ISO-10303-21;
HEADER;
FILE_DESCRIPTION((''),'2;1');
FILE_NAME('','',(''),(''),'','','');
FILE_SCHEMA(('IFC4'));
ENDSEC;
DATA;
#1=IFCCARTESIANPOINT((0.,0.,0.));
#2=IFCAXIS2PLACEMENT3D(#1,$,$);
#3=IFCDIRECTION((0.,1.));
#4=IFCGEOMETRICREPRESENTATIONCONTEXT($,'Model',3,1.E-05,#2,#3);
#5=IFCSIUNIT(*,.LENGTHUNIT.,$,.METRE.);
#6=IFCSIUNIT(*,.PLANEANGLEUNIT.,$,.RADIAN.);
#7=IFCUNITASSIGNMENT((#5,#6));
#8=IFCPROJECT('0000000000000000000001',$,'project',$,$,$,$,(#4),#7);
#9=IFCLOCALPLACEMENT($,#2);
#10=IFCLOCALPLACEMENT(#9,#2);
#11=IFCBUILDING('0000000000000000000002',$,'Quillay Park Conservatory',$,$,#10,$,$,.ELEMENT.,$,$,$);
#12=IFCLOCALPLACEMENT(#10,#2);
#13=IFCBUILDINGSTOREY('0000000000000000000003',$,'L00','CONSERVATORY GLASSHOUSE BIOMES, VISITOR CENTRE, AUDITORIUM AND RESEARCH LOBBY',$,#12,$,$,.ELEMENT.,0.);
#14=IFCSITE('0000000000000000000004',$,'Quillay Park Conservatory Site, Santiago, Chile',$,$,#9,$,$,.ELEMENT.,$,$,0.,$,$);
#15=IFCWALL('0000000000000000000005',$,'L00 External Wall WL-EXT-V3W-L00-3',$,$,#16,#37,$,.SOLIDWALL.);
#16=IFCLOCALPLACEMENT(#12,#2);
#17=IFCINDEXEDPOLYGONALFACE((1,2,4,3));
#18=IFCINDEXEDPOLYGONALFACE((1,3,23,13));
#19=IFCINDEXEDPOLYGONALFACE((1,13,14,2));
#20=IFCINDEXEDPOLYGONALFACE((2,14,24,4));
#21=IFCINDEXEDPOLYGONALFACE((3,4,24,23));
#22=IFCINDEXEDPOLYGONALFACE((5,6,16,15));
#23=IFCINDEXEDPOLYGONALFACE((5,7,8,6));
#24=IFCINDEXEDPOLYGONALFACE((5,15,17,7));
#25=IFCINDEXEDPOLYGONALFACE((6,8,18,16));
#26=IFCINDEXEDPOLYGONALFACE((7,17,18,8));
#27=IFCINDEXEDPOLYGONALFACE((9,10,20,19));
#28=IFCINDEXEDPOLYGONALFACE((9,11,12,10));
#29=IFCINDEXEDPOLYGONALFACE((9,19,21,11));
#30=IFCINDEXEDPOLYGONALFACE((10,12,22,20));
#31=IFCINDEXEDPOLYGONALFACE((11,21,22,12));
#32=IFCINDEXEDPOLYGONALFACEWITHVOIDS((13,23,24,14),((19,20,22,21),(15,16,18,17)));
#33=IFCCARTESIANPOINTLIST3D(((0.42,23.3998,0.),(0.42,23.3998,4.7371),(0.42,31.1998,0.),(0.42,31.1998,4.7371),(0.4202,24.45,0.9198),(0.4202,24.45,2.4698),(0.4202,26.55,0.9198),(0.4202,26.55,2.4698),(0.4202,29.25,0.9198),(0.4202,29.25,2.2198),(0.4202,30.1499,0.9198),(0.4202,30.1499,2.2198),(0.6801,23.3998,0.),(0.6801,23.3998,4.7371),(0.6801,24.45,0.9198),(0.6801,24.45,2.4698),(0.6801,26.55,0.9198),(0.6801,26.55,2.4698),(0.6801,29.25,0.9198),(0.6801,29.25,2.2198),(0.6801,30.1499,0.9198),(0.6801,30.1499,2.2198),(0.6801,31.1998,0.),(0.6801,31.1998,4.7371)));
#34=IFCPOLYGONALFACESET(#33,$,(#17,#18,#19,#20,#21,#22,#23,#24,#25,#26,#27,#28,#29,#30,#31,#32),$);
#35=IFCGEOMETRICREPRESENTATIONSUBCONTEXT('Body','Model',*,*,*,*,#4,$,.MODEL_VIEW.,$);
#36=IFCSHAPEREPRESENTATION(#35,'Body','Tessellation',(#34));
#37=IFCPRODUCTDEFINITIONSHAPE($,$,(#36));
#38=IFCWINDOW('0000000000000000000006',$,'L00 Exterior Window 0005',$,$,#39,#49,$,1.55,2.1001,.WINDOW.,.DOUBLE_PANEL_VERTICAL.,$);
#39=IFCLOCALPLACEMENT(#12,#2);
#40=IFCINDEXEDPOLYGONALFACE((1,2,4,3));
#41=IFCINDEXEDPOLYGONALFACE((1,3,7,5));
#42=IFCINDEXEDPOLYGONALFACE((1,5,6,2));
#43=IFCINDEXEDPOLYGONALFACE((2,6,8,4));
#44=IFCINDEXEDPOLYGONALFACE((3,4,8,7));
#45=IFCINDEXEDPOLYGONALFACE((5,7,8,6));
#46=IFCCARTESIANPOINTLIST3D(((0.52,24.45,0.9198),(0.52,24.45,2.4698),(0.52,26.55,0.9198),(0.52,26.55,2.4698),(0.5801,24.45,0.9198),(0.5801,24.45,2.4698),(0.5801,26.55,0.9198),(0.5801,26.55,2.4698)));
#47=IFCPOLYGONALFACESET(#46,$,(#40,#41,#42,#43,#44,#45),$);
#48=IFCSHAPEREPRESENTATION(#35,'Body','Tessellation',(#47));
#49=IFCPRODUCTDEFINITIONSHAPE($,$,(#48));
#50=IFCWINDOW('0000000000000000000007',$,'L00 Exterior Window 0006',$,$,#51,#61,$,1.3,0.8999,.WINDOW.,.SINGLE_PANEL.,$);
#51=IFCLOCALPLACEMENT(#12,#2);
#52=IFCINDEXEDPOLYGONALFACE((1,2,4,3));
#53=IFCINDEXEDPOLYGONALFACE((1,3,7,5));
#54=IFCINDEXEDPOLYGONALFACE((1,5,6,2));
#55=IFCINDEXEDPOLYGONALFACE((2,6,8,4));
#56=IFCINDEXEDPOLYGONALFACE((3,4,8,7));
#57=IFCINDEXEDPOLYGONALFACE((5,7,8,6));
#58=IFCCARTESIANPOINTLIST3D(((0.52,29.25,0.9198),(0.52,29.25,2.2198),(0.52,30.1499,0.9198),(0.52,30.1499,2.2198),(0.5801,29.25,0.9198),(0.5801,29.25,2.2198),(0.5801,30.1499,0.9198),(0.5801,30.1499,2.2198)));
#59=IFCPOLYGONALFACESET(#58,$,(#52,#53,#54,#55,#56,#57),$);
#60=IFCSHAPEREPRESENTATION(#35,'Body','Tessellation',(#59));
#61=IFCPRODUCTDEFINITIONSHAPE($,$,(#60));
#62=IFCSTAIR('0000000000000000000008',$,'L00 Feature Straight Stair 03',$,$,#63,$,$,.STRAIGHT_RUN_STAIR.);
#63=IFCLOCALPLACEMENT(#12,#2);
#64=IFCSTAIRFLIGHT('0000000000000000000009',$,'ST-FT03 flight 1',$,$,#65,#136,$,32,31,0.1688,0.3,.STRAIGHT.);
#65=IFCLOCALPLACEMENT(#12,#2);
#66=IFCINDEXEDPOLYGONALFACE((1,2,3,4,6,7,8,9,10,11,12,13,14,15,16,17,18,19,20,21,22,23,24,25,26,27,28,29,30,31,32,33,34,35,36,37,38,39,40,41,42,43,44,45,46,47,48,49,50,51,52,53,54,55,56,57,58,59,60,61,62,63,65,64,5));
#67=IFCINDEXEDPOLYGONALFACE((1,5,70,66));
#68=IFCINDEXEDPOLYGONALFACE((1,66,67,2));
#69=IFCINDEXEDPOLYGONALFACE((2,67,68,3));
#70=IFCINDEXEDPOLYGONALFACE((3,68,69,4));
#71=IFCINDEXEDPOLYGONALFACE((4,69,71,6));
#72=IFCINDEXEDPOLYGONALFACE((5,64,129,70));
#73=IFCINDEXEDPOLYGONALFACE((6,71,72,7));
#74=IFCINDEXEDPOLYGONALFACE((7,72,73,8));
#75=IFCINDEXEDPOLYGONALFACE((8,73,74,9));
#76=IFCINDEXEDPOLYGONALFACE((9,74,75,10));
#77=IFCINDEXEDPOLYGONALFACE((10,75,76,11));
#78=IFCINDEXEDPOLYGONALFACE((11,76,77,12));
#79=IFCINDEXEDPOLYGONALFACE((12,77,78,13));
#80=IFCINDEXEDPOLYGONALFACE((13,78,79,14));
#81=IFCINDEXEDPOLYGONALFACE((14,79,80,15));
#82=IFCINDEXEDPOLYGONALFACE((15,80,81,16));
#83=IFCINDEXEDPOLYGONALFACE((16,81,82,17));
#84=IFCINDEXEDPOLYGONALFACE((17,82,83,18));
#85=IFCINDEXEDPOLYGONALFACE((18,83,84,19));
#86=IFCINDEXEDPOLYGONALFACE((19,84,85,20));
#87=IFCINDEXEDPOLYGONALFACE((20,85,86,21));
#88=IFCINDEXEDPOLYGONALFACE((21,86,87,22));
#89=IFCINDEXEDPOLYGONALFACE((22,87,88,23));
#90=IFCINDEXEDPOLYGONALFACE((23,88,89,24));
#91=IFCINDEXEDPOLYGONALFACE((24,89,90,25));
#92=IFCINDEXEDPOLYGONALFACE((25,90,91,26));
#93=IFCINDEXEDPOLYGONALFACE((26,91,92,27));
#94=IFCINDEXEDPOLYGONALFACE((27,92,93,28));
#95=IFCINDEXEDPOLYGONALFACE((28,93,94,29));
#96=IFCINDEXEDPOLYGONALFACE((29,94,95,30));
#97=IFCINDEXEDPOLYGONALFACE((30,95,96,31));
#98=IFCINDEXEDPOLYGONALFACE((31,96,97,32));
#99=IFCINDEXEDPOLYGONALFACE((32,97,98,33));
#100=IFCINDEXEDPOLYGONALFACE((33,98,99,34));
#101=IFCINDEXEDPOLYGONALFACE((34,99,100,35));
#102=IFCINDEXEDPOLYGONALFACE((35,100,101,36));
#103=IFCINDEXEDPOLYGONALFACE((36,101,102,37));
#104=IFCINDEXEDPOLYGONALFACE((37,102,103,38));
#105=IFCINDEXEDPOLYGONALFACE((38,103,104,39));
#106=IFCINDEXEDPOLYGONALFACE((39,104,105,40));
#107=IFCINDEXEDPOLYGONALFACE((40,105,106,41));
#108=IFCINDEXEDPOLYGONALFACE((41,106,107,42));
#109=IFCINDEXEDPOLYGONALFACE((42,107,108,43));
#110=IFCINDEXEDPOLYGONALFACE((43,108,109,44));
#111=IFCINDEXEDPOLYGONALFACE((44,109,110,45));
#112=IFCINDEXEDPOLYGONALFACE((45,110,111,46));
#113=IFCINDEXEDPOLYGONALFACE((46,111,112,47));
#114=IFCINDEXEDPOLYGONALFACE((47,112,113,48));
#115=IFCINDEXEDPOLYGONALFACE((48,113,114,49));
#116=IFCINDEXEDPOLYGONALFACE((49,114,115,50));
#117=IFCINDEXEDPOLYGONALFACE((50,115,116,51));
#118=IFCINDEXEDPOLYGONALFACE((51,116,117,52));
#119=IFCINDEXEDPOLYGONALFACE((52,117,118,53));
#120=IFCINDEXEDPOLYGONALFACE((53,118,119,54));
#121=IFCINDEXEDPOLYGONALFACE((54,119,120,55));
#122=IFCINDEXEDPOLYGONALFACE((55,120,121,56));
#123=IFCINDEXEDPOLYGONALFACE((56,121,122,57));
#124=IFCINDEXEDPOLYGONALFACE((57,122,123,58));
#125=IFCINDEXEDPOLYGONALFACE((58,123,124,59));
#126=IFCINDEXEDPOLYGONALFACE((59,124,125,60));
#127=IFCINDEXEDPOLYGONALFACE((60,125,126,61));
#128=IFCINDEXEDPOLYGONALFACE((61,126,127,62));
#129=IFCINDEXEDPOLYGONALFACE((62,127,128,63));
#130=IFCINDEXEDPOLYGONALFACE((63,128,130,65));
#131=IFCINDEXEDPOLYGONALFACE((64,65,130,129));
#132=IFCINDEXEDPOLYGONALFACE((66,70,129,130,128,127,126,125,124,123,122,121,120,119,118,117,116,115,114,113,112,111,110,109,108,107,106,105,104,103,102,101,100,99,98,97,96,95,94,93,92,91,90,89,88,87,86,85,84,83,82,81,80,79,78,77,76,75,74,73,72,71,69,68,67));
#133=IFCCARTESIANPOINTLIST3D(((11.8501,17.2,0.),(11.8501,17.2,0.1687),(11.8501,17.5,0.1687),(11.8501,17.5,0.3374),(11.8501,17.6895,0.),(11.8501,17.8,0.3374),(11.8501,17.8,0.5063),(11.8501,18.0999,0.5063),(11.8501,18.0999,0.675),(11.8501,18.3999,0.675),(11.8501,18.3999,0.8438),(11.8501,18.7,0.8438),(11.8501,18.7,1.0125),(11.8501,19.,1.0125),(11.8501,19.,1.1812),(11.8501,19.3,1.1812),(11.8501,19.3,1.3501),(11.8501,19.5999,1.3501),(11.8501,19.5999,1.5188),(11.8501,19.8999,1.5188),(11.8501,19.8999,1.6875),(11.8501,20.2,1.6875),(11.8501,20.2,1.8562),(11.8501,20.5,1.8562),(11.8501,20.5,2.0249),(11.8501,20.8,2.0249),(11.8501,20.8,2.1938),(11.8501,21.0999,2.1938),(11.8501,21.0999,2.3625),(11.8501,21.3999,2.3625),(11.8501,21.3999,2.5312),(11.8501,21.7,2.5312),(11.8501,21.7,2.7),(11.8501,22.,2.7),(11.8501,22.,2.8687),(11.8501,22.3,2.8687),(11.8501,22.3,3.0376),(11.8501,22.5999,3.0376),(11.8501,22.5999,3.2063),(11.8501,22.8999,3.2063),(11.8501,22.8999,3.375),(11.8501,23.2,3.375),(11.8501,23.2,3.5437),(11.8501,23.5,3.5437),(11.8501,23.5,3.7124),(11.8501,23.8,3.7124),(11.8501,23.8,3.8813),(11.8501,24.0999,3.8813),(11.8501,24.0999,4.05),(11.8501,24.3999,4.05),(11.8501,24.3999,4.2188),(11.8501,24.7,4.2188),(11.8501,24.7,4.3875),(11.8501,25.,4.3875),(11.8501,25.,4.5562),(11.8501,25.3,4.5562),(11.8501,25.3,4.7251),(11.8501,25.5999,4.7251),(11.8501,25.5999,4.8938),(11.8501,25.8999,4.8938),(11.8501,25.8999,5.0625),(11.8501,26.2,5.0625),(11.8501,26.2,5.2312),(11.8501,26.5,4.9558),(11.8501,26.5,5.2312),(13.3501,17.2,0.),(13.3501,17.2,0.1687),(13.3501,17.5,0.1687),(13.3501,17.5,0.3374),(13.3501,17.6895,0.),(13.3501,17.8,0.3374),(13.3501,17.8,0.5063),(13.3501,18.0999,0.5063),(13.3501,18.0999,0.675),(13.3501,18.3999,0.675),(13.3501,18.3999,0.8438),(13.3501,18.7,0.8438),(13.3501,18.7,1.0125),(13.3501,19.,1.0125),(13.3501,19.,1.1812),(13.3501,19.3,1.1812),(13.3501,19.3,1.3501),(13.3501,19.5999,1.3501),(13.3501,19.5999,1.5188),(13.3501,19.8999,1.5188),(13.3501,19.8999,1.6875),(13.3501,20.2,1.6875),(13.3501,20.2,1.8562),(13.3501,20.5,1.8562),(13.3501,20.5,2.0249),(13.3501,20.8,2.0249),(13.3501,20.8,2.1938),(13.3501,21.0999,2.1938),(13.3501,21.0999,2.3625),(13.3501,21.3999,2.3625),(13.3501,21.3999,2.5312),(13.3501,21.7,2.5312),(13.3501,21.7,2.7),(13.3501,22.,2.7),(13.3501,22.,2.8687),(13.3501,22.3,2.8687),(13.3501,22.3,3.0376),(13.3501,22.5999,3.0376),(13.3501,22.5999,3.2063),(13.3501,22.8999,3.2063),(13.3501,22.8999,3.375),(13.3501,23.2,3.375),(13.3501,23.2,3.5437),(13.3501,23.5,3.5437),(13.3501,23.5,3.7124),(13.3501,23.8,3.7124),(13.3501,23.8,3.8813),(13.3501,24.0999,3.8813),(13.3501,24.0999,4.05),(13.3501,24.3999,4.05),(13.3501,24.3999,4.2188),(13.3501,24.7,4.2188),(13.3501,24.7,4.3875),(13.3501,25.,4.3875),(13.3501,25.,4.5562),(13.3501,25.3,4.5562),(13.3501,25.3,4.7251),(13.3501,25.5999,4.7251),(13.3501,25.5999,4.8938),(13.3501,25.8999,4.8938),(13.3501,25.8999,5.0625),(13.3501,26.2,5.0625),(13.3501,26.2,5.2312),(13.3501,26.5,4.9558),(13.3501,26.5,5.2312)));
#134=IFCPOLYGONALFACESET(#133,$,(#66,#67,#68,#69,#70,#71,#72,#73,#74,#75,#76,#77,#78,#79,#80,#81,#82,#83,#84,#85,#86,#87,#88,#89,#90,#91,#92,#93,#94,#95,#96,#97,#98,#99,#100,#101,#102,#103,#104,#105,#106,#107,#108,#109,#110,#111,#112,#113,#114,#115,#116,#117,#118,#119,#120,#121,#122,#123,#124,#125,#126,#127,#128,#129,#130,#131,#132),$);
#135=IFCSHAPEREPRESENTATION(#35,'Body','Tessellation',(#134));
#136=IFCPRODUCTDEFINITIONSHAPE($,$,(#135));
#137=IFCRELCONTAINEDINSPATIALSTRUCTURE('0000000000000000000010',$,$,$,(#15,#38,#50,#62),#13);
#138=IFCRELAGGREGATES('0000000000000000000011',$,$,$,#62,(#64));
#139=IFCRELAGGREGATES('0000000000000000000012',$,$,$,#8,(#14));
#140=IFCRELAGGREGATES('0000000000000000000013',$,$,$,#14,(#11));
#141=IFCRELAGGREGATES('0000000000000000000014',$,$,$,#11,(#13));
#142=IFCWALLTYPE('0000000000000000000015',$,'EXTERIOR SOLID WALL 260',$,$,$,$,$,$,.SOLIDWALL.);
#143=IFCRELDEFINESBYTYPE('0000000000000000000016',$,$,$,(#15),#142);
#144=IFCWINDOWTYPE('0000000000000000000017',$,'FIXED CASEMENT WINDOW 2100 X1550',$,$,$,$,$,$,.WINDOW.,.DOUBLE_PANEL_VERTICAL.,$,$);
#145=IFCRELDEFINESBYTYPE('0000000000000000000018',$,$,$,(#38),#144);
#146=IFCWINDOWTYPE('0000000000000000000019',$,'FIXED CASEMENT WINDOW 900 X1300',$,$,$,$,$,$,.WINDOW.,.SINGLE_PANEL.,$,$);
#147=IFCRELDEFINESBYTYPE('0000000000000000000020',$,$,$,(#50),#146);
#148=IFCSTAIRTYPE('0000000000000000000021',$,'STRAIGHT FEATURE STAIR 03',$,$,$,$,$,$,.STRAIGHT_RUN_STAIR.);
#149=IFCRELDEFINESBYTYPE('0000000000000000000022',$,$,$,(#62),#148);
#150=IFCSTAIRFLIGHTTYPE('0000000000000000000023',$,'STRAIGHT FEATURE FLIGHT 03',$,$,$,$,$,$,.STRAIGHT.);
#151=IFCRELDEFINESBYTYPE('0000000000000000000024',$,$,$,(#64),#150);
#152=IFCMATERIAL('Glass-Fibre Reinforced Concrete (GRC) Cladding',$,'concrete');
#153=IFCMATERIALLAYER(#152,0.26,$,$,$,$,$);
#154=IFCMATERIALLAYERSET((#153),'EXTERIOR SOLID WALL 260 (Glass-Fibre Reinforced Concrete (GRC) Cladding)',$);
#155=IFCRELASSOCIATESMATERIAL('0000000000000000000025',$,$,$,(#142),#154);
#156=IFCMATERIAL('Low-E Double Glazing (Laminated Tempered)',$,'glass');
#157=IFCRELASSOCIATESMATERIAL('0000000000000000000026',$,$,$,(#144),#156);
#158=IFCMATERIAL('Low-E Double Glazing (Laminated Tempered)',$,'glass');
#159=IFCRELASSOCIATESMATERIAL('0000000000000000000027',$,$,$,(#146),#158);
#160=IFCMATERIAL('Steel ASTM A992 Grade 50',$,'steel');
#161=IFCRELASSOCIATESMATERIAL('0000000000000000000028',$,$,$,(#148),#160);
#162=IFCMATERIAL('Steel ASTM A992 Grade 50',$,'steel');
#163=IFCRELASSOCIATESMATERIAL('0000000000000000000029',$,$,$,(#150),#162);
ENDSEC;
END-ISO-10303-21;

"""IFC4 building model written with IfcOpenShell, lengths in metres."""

from ifc_helpers import new_model, si_unit, direction, frame, frame_2d, origin, place, context, subcontext, project, spatial, polyline, rectangle, outline, extrude, material, layer, layer_set, type_object, element, fill, aggregate, save


model = new_model("IFC4")

# Units and contexts
model_context = context("Model", 3, precision=1e-05, world=origin(), true_north=direction((0.0, 1.0)))
body_context = subcontext(model_context, "Body", "Model", "MODEL_VIEW")
ifc_project = project(units=[si_unit("LENGTHUNIT", "METRE"), si_unit("PLANEANGLEUNIT", "RADIAN")], contexts=[model_context])

# Site, building, storey
site_placement = place(None, origin())
site = spatial("IfcSite", under=ifc_project, at=site_placement, Name="Quillay Park Conservatory Site, Santiago, Chile", CompositionType="ELEMENT", RefElevation=0.0)
building_placement = place(site_placement, origin())
building = spatial("IfcBuilding", under=site, at=building_placement, Name="Quillay Park Conservatory", CompositionType="ELEMENT")
storey_placement = place(building_placement, origin())
storey = spatial("IfcBuildingStorey", under=building, at=storey_placement, Name="L00", Description="CONSERVATORY GLASSHOUSE BIOMES, VISITOR CENTRE, AUDITORIUM AND RESEARCH LOBBY", CompositionType="ELEMENT", Elevation=0.0)

# Wall, openings, windows
ifc_material_1 = material(Name="Glass-Fibre Reinforced Concrete (GRC) Cladding", Category="concrete")
ifc_layer_1 = layer(ifc_material_1, 0.26)
ifc_layer_set_1 = layer_set([ifc_layer_1], Name="EXTERIOR SOLID WALL 260 (Glass-Fibre Reinforced Concrete (GRC) Cladding)")
wall_type_1 = type_object("IfcWallType", Name="EXTERIOR SOLID WALL 260", PredefinedType="SOLIDWALL", material=ifc_layer_set_1)
wall_1_placement = place(storey_placement, frame((0.55, 23.3999, 0.0), z_axis=(0.0, 0.0, 1.0), x_axis=(0.0, 1.0, 0.0)))
wall_1 = element("IfcWall", 1, at=wall_1_placement, inside=storey, type_object=wall_type_1, Name="L00 External Wall WL-EXT-V3W-L00-3", PredefinedType="SOLIDWALL", context=body_context, shape_type="SweptSolid", body=[
    extrude(rectangle(XDim=7.8, YDim=0.26, at=frame_2d((3.8999, 0.0))), origin(), (0.0, 0.0, 1.0), 4.7371),
])
opening_1_placement = place(wall_1_placement, frame((1.05, 0.0, 0.9199)))
opening_1 = element("IfcOpeningElement", 2, at=opening_1_placement, cuts=wall_1, PredefinedType="OPENING", context=body_context, shape_type="SweptSolid", body=[
    extrude(rectangle(XDim=2.1001, YDim=1.55, at=frame_2d((1.05, 0.7749))), frame((0.0, 0.1299, 0.0), z_axis=(0.0, -1.0, 0.0), x_axis=(1.0, 0.0, 0.0)), (0.0, 0.0, 1.0), 0.26),
])
opening_2_placement = place(wall_1_placement, frame((5.8501, 0.0, 0.9199)))
opening_2 = element("IfcOpeningElement", 3, at=opening_2_placement, cuts=wall_1, PredefinedType="OPENING", context=body_context, shape_type="SweptSolid", body=[
    extrude(rectangle(XDim=0.8999, YDim=1.3, at=frame_2d((0.45, 0.6499))), frame((0.0, 0.1299, 0.0), z_axis=(0.0, -1.0, 0.0), x_axis=(1.0, 0.0, 0.0)), (0.0, 0.0, 1.0), 0.26),
])
ifc_material_2 = material(Name="Low-E Double Glazing (Laminated Tempered)", Category="glass")
window_type_1 = type_object("IfcWindowType", Name="FIXED CASEMENT WINDOW 2100 X1550", PartitioningType="DOUBLE_PANEL_VERTICAL", PredefinedType="WINDOW", material=ifc_material_2)
window_1_placement = place(opening_1_placement, origin())
window_1 = element("IfcWindow", 4, at=window_1_placement, inside=storey, type_object=window_type_1, Name="L00 Exterior Window 0005", OverallHeight=1.55, OverallWidth=2.1001, PartitioningType="DOUBLE_PANEL_VERTICAL", PredefinedType="WINDOW", context=body_context, shape_type="SweptSolid", body=[
    extrude(rectangle(XDim=2.1001, YDim=1.55, at=frame_2d((1.05, 0.7749))), frame((0.0, 0.03, 0.0), z_axis=(0.0, -1.0, 0.0), x_axis=(1.0, 0.0, 0.0)), (0.0, 0.0, 1.0), 0.0601),
])
fill(opening_1, window_1)
ifc_material_3 = material(Name="Low-E Double Glazing (Laminated Tempered)", Category="glass")
window_type_2 = type_object("IfcWindowType", Name="FIXED CASEMENT WINDOW 900 X1300", PartitioningType="SINGLE_PANEL", PredefinedType="WINDOW", material=ifc_material_3)
window_2_placement = place(opening_2_placement, origin())
window_2 = element("IfcWindow", 5, at=window_2_placement, inside=storey, type_object=window_type_2, Name="L00 Exterior Window 0006", OverallHeight=1.3, OverallWidth=0.8999, PartitioningType="SINGLE_PANEL", PredefinedType="WINDOW", context=body_context, shape_type="SweptSolid", body=[
    extrude(rectangle(XDim=0.8999, YDim=1.3, at=frame_2d((0.45, 0.6499))), frame((0.0, 0.03, 0.0), z_axis=(0.0, -1.0, 0.0), x_axis=(1.0, 0.0, 0.0)), (0.0, 0.0, 1.0), 0.0601),
])
fill(opening_2, window_2)

# Stair, stair flight
ifc_material_4 = material(Name="Steel ASTM A992 Grade 50", Category="steel")
stair_type = type_object("IfcStairType", Name="STRAIGHT FEATURE STAIR 03", PredefinedType="STRAIGHT_RUN_STAIR", material=ifc_material_4)
stair_placement = place(storey_placement, origin())
stair = element("IfcStair", 6, at=stair_placement, inside=storey, type_object=stair_type, Name="L00 Feature Straight Stair 03", PredefinedType="STRAIGHT_RUN_STAIR")
ifc_material_5 = material(Name="Steel ASTM A992 Grade 50", Category="steel")
stair_flight_type = type_object("IfcStairFlightType", Name="STRAIGHT FEATURE FLIGHT 03", PredefinedType="STRAIGHT", material=ifc_material_5)
stair_flight_placement = place(storey_placement, frame((12.6001, 17.2, 0.0), z_axis=(0.0, 0.0, 1.0), x_axis=(0.0, 1.0, 0.0)))
stair_flight = element("IfcStairFlight", 7, at=stair_flight_placement, type_object=stair_flight_type, Name="ST-FT03 flight 1", NumberOfRisers=32, NumberOfTreads=31, PredefinedType="STRAIGHT", RiserHeight=0.1688, TreadLength=0.3, context=body_context, shape_type="SweptSolid", body=[
    extrude(outline(polyline([(0.0, 0.0), (0.0, 0.1687), (0.3, 0.1687), (0.3, 0.3374), (0.6001, 0.3374), (0.6001, 0.5063), (0.8999, 0.5063), (0.8999, 0.675), (1.2, 0.675), (1.2, 0.8438), (1.5, 0.8438), (1.5, 1.0125), (1.8, 1.0125), (1.8, 1.1812), (2.1001, 1.1812), (2.1001, 1.3501), (2.3999, 1.3501), (2.3999, 1.5188), (2.7, 1.5188), (2.7, 1.6875), (3.0, 1.6875), (3.0, 1.8562), (3.3, 1.8562), (3.3, 2.0249), (3.6001, 2.0249), (3.6001, 2.1938), (3.8999, 2.1938), (3.8999, 2.3625), (4.2, 2.3625), (4.2, 2.5312), (4.5, 2.5312), (4.5, 2.7), (4.8, 2.7), (4.8, 2.8687), (5.1001, 2.8687), (5.1001, 3.0376), (5.3999, 3.0376), (5.3999, 3.2063), (5.7, 3.2063), (5.7, 3.375), (6.0, 3.375), (6.0, 3.5437), (6.3, 3.5437), (6.3, 3.7124), (6.6001, 3.7124), (6.6001, 3.8813), (6.8999, 3.8813), (6.8999, 4.05), (7.2, 4.05), (7.2, 4.2188), (7.5, 4.2188), (7.5, 4.3875), (7.8, 4.3875), (7.8, 4.5562), (8.1001, 4.5562), (8.1001, 4.7251), (8.3999, 4.7251), (8.3999, 4.8938), (8.7, 4.8938), (8.7, 5.0625), (9.0, 5.0625), (9.0, 5.2312), (9.3, 5.2312), (9.3, 5.3999), (9.3, 4.9558), (0.4895, 0.0), (0.0, 0.0)])), frame((0.0, 0.75, 0.0), z_axis=(0.0, -1.0, 0.0), x_axis=(1.0, 0.0, 0.0)), (0.0, 0.0, 1.0), 1.5),
])
aggregate(stair, [stair_flight])

save(model, "model.ifc")
